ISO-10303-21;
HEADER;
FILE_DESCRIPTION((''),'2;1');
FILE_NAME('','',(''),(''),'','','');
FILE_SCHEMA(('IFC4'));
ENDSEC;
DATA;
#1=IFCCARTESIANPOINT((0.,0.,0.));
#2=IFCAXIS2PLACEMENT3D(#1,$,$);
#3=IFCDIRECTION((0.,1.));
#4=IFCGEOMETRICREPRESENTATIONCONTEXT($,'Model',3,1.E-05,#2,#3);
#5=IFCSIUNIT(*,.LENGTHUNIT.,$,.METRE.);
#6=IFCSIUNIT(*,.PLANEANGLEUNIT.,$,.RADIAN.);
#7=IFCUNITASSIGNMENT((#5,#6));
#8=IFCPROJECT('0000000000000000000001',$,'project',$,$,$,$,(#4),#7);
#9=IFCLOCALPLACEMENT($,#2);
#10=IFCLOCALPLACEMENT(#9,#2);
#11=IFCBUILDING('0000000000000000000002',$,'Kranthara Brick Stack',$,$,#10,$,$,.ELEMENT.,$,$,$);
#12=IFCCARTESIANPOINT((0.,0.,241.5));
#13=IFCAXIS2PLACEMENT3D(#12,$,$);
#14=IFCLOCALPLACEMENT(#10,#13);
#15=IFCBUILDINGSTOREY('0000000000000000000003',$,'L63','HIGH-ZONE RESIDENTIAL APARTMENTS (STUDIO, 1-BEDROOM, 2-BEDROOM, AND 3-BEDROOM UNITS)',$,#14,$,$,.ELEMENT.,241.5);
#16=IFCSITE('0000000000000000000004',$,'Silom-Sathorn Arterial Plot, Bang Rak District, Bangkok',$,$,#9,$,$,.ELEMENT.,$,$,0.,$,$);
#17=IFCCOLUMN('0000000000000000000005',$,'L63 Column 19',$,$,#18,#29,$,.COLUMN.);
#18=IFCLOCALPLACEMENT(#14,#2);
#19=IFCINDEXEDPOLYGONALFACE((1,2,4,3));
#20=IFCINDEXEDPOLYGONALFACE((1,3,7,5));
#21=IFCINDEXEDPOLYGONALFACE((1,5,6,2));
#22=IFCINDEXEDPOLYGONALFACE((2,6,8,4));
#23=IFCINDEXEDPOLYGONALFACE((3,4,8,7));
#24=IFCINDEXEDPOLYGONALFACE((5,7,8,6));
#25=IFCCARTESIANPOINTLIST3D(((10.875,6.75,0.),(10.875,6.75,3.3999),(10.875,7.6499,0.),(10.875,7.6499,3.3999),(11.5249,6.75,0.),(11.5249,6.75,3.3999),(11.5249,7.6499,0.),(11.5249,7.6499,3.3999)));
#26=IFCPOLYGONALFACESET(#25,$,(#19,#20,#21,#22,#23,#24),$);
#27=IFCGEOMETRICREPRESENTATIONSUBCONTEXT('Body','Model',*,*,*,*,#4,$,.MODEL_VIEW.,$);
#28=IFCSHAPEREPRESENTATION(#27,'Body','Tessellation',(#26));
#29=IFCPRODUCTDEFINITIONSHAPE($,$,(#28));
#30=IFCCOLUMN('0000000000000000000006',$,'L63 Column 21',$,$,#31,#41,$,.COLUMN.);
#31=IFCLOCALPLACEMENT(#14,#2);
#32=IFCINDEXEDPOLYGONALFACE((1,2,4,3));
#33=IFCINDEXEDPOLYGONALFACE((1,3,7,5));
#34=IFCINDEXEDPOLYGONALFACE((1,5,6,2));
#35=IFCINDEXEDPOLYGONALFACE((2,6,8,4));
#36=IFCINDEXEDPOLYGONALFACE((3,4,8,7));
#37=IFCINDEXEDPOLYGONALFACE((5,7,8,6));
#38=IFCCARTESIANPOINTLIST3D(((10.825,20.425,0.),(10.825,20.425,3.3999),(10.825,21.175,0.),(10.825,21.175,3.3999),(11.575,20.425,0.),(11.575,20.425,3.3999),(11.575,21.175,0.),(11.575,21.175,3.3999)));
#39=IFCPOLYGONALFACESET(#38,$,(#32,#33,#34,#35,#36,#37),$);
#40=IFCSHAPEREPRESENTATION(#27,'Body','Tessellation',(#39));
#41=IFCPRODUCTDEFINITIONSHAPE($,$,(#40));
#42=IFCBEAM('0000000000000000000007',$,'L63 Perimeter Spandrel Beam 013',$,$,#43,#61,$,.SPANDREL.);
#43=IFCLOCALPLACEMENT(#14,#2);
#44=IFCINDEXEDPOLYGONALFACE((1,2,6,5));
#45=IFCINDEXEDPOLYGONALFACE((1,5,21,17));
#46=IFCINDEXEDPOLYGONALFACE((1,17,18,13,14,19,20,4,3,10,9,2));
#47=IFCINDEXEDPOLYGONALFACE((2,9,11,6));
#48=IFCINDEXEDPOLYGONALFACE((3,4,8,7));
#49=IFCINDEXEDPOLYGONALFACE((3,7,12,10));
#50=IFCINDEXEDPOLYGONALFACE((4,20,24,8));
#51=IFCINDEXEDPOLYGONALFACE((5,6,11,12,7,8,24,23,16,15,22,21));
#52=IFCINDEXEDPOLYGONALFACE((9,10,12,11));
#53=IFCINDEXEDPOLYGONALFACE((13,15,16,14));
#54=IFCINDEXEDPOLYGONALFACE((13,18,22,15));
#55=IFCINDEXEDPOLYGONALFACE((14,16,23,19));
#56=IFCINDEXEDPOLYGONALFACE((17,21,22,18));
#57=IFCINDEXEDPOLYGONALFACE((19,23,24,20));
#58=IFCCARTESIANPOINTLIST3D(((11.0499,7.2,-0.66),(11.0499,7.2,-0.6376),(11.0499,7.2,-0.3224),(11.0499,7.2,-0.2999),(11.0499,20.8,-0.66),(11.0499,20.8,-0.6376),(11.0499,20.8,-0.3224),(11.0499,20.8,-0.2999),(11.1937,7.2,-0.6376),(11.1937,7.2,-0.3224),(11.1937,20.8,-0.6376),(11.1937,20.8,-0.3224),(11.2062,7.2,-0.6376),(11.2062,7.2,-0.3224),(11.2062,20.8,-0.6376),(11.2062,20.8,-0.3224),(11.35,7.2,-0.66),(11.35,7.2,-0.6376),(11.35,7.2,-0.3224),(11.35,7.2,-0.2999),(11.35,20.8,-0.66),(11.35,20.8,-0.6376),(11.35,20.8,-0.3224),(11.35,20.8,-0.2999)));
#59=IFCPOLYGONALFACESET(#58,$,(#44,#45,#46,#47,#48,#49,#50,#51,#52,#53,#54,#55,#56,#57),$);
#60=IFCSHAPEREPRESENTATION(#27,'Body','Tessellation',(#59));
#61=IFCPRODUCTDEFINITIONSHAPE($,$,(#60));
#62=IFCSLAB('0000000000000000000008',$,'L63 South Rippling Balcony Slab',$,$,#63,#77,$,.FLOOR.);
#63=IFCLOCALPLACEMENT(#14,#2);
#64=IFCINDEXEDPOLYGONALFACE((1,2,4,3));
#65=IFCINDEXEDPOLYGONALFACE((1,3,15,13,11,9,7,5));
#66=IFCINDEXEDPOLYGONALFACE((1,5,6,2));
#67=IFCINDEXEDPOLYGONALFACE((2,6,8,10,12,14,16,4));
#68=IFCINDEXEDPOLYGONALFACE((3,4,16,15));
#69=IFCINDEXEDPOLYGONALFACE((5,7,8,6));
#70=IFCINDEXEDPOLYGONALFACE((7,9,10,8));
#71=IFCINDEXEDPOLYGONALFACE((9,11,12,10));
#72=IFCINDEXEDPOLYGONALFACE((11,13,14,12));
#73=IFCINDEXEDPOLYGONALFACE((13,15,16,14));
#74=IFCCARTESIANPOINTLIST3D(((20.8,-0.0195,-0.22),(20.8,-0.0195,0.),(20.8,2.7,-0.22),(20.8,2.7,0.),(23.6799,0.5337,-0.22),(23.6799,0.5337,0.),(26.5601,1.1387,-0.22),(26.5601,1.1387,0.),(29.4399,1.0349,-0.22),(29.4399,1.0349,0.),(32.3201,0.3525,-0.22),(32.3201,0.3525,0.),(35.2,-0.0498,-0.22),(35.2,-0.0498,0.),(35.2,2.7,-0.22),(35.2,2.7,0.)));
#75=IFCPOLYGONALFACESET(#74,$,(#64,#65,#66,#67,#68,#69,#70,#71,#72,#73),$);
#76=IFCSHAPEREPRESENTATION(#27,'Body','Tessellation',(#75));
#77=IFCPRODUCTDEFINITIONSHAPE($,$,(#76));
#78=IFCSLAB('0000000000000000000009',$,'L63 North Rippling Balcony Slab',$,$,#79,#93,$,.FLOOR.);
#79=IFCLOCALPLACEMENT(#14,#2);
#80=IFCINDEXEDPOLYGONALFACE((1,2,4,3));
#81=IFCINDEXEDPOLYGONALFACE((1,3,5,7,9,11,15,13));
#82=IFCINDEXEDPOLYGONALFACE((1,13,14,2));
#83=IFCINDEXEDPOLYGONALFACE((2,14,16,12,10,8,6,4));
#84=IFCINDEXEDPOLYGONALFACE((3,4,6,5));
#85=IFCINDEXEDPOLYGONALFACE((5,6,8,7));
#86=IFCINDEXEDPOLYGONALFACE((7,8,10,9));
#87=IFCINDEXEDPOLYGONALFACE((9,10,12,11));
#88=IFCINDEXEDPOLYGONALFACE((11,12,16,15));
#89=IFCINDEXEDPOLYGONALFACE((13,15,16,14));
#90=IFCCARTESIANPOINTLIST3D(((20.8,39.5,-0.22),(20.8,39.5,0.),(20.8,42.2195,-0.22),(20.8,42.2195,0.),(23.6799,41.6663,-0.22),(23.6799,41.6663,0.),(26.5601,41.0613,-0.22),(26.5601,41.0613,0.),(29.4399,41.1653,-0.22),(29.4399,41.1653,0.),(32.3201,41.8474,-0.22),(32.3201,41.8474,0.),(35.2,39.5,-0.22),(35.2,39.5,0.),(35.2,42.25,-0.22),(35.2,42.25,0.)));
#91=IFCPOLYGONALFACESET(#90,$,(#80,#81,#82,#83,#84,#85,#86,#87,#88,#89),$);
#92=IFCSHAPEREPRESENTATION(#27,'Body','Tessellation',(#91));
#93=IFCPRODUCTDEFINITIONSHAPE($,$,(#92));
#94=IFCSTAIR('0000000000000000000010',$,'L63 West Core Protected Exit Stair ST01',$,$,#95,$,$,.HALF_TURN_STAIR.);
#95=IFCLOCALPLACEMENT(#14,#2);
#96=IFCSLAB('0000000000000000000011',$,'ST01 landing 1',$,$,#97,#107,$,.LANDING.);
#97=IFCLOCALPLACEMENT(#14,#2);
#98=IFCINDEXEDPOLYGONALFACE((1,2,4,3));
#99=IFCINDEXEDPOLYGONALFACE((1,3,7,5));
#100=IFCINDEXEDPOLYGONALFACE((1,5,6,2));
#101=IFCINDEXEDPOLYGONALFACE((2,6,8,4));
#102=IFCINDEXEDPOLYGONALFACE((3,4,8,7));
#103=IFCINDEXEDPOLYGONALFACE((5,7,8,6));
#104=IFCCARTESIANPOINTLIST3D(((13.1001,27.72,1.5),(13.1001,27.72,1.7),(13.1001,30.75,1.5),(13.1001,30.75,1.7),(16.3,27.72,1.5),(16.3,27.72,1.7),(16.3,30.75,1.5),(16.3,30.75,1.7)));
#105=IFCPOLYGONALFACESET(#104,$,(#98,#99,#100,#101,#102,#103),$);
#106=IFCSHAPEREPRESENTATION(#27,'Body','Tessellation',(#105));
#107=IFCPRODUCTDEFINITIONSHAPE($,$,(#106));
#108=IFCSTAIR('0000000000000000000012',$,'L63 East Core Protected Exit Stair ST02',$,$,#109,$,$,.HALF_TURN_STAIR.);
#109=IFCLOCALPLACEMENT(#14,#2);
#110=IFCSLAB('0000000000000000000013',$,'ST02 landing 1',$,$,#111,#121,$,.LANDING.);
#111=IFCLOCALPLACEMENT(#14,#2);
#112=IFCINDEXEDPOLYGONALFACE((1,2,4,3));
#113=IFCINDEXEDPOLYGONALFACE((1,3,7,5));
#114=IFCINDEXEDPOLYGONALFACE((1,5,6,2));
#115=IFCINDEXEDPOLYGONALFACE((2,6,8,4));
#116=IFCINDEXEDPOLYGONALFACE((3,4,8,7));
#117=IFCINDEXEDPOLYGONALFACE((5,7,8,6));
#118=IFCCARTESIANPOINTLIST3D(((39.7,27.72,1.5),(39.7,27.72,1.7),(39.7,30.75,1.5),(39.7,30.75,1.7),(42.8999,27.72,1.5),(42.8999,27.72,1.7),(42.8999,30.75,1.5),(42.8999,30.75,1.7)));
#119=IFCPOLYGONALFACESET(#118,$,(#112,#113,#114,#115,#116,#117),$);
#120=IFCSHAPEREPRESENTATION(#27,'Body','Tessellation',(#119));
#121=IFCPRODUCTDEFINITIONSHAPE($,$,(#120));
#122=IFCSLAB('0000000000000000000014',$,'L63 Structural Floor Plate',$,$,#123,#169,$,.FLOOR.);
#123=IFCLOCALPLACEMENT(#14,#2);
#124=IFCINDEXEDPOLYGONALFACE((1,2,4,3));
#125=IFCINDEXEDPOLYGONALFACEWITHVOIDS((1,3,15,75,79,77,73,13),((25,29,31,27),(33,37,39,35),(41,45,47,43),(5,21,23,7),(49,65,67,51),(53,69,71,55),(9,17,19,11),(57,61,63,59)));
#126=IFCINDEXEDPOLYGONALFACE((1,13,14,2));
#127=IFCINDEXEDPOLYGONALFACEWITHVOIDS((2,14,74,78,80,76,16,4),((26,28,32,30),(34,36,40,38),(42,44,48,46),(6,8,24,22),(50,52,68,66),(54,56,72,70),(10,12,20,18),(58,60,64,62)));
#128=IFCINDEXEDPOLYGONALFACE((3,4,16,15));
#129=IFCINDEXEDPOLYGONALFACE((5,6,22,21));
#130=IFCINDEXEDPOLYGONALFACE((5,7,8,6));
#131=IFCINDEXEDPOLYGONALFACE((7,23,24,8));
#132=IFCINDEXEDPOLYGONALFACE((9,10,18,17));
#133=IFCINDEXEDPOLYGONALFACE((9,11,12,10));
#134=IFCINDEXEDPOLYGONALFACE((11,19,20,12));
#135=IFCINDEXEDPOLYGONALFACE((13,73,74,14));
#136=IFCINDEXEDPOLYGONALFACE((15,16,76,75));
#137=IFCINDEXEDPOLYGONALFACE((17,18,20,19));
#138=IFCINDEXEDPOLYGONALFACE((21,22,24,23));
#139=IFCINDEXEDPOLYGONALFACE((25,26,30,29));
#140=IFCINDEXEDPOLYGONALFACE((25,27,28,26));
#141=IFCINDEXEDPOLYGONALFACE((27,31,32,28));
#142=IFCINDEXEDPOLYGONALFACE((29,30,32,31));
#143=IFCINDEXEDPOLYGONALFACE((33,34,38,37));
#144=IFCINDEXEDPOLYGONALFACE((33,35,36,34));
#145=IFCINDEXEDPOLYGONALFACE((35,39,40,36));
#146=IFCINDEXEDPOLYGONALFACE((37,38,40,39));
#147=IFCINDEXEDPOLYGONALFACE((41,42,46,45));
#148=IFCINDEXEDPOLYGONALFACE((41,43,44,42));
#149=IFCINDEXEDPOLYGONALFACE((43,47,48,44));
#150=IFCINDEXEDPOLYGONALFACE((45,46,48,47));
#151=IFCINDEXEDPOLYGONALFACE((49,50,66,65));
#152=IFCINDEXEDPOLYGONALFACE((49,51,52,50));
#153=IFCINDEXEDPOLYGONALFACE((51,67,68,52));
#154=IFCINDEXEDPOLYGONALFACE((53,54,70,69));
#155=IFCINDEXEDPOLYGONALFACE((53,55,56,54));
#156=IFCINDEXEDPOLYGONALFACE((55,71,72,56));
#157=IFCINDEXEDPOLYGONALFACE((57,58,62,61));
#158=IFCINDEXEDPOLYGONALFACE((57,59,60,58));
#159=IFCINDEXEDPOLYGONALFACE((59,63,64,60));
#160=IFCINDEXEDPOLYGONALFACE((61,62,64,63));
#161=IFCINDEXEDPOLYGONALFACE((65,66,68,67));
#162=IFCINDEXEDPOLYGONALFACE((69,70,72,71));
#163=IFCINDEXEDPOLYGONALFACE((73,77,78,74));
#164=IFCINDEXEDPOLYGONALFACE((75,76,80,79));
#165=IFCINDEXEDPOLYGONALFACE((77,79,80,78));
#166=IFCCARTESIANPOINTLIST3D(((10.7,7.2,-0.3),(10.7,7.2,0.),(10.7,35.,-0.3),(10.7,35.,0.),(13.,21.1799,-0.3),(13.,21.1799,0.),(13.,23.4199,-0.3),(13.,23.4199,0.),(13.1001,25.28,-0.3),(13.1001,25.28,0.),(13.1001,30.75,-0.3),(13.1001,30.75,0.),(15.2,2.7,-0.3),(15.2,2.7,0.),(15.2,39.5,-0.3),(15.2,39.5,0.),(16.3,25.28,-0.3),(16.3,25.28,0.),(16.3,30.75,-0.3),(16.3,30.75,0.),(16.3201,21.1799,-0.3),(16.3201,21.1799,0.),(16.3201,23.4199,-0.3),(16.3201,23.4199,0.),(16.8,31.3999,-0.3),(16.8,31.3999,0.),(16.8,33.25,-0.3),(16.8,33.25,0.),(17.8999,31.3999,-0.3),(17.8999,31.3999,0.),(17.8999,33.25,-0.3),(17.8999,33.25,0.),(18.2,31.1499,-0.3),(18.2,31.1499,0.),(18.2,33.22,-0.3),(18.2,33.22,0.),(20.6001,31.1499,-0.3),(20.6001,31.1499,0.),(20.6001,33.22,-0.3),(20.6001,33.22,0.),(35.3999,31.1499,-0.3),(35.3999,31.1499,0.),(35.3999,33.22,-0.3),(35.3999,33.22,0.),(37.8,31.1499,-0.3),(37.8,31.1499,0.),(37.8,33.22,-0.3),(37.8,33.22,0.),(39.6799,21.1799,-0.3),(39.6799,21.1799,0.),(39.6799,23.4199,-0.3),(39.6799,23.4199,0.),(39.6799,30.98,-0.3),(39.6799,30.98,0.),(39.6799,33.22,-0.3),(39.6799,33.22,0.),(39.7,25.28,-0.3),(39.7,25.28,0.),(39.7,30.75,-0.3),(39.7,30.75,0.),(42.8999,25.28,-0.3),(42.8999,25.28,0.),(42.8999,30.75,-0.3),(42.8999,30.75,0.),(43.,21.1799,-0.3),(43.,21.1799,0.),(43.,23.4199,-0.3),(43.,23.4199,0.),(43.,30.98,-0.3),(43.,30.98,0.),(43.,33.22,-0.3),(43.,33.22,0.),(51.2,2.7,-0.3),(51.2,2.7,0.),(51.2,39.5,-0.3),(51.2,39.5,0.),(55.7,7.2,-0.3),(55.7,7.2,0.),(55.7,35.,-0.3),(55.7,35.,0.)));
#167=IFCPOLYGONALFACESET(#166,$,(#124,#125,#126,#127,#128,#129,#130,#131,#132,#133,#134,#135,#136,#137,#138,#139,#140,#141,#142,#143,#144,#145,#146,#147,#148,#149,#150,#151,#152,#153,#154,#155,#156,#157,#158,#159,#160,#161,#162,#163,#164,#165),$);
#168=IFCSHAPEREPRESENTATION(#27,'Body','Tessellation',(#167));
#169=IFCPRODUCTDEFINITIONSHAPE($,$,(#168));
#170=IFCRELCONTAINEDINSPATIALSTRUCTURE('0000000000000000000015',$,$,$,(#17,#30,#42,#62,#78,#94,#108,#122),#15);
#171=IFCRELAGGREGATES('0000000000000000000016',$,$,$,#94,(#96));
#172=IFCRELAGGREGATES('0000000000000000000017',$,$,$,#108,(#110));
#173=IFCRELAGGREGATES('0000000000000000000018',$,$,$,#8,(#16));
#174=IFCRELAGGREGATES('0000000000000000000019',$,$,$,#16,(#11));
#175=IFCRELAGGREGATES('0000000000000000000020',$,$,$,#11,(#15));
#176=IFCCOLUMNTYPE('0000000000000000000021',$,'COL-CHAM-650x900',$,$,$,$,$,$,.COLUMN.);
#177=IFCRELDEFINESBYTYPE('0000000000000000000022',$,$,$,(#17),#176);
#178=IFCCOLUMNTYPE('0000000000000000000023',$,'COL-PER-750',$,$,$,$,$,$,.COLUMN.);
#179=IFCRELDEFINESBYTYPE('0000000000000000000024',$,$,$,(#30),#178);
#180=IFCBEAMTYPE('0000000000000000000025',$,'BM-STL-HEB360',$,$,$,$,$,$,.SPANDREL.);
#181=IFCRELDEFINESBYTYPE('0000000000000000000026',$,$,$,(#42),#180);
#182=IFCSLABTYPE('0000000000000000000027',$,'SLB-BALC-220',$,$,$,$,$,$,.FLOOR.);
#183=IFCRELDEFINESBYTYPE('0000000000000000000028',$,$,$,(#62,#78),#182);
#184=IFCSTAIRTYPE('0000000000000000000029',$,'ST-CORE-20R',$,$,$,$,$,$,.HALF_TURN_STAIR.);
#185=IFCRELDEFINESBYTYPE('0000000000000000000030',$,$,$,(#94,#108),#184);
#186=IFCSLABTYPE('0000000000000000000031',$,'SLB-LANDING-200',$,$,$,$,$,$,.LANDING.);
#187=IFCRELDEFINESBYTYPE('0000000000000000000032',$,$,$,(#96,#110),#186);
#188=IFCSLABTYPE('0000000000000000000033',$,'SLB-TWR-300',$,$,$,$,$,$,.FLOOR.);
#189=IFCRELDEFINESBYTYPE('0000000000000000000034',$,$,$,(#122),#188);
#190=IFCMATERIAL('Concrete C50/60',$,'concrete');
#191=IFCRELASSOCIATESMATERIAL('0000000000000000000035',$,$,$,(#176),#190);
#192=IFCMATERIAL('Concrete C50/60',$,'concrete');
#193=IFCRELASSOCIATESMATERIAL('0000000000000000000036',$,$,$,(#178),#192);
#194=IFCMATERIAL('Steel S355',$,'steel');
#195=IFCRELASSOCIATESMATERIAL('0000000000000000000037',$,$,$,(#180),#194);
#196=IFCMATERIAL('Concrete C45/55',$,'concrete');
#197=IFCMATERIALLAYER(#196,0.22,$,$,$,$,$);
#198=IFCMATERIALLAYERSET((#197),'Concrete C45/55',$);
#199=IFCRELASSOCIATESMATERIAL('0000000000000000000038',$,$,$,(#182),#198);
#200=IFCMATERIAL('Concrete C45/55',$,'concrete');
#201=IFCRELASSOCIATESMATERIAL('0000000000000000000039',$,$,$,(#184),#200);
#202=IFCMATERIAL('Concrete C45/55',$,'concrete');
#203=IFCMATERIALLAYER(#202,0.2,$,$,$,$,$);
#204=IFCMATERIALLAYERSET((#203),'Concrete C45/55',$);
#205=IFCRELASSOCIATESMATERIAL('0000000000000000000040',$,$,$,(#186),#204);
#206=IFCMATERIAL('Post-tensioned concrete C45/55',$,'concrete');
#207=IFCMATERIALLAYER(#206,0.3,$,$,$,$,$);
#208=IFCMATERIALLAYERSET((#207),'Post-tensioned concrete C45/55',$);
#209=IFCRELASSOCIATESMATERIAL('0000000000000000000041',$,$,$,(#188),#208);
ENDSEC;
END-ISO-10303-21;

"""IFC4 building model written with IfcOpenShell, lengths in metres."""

from ifc_helpers import new_model, si_unit, direction, frame, origin, origin_2d, place, context, subcontext, project, spatial, polyline, rectangle, i_section, outline, extrude, material, layer, layer_set, material_profile, profile_set, type_object, element, aggregate, save


model = new_model("IFC4")

# Units and contexts
model_context = context("Model", 3, precision=1e-05, world=origin(), true_north=direction((0.0, 1.0)))
body_context = subcontext(model_context, "Body", "Model", "MODEL_VIEW")
ifc_project = project(units=[si_unit("LENGTHUNIT", "METRE"), si_unit("PLANEANGLEUNIT", "RADIAN")], contexts=[model_context])

# Site, building, storey
site_placement = place(None, origin())
site = spatial("IfcSite", under=ifc_project, at=site_placement, Name="Silom-Sathorn Arterial Plot, Bang Rak District, Bangkok", CompositionType="ELEMENT", RefElevation=0.0)
building_placement = place(site_placement, origin())
building = spatial("IfcBuilding", under=site, at=building_placement, Name="Kranthara Brick Stack", CompositionType="ELEMENT")
storey_placement = place(building_placement, frame((0.0, 0.0, 241.5)))
storey = spatial("IfcBuildingStorey", under=building, at=storey_placement, Name="L63", Description="HIGH-ZONE RESIDENTIAL APARTMENTS (STUDIO, 1-BEDROOM, 2-BEDROOM, AND 3-BEDROOM UNITS)", CompositionType="ELEMENT", Elevation=241.5)

# Columns
ifc_material_1 = material(Name="Concrete C50/60", Category="concrete")
ifc_material_profile_1 = material_profile(ifc_material_1, rectangle(XDim=0.6499, YDim=0.8999, at=origin_2d()), Name="RC 650x900")
ifc_profile_set_1 = profile_set([ifc_material_profile_1], Name="Concrete C50/60")
column_type_1 = type_object("IfcColumnType", Name="COL-CHAM-650x900", PredefinedType="COLUMN", material=ifc_profile_set_1)
column_1_placement = place(storey_placement, frame((11.2, 7.2, 0.0), z_axis=(0.0, 0.0, 1.0), x_axis=(1.0, 0.0, 0.0)))
element("IfcColumn", 1, at=column_1_placement, inside=storey, type_object=column_type_1, Name="L63 Column 19", PredefinedType="COLUMN", context=body_context, shape_type="SweptSolid", body=[
    extrude(rectangle(XDim=0.6499, YDim=0.8999, at=origin_2d()), origin(), (0.0, 0.0, 1.0), 3.3999),
])
ifc_material_2 = material(Name="Concrete C50/60", Category="concrete")
ifc_material_profile_2 = material_profile(ifc_material_2, rectangle(XDim=0.75, YDim=0.75, at=origin_2d()), Name="RC 750x750")
ifc_profile_set_2 = profile_set([ifc_material_profile_2], Name="Concrete C50/60")
column_type_2 = type_object("IfcColumnType", Name="COL-PER-750", PredefinedType="COLUMN", material=ifc_profile_set_2)
column_2_placement = place(storey_placement, frame((11.2, 20.8, 0.0), z_axis=(0.0, 0.0, 1.0), x_axis=(1.0, 0.0, 0.0)))
element("IfcColumn", 2, at=column_2_placement, inside=storey, type_object=column_type_2, Name="L63 Column 21", PredefinedType="COLUMN", context=body_context, shape_type="SweptSolid", body=[
    extrude(rectangle(XDim=0.75, YDim=0.75, at=origin_2d()), origin(), (0.0, 0.0, 1.0), 3.3999),
])

# Beam
ifc_material_3 = material(Name="Steel S355", Category="steel")
ifc_material_profile_3 = material_profile(ifc_material_3, i_section(OverallWidth=0.3, OverallDepth=0.3601, WebThickness=0.0125, FlangeThickness=0.0225, at=origin_2d()), Name="HEB 360")
ifc_profile_set_3 = profile_set([ifc_material_profile_3], Name="Steel S355")
beam_type = type_object("IfcBeamType", Name="BM-STL-HEB360", PredefinedType="SPANDREL", material=ifc_profile_set_3)
beam_placement = place(storey_placement, frame((11.2, 7.2, -0.48), z_axis=(0.0, 1.0, 0.0), x_axis=(-1.0, 0.0, 0.0)))
element("IfcBeam", 3, at=beam_placement, inside=storey, type_object=beam_type, Name="L63 Perimeter Spandrel Beam 013", PredefinedType="SPANDREL", context=body_context, shape_type="SweptSolid", body=[
    extrude(i_section(OverallWidth=0.3, OverallDepth=0.3601, WebThickness=0.0125, FlangeThickness=0.0225, at=origin_2d()), origin(), (0.0, 0.0, 1.0), 13.6001),
])

# Slabs
ifc_material_4 = material(Name="Concrete C45/55", Category="concrete")
ifc_layer_1 = layer(ifc_material_4, 0.22)
ifc_layer_set_1 = layer_set([ifc_layer_1], Name="Concrete C45/55")
slab_type_1 = type_object("IfcSlabType", Name="SLB-BALC-220", PredefinedType="FLOOR", material=ifc_layer_set_1)
slab_1_placement = place(storey_placement, frame((0.0, 0.0, -0.22)))
element("IfcSlab", 4, at=slab_1_placement, inside=storey, type_object=slab_type_1, Name="L63 South Rippling Balcony Slab", PredefinedType="FLOOR", context=body_context, shape_type="SweptSolid", body=[
    extrude(outline(polyline([(20.8, 2.7), (35.2, 2.7), (35.2, -0.0498), (32.3201, 0.3525), (29.4399, 1.0349), (26.5601, 1.1387), (23.6799, 0.5337), (20.8, -0.0195), (20.8, 2.7)])), origin(), (0.0, 0.0, 1.0), 0.22),
])
slab_2_placement = place(storey_placement, frame((0.0, 0.0, -0.22)))
element("IfcSlab", 5, at=slab_2_placement, inside=storey, type_object=slab_type_1, Name="L63 North Rippling Balcony Slab", PredefinedType="FLOOR", context=body_context, shape_type="SweptSolid", body=[
    extrude(outline(polyline([(35.2, 39.5), (20.8, 39.5), (20.8, 42.2195), (23.6799, 41.6663), (26.5601, 41.0613), (29.4399, 41.1653), (32.3201, 41.8474), (35.2, 42.25), (35.2, 39.5)])), origin(), (0.0, 0.0, 1.0), 0.22),
])

# Stairs, slabs
ifc_material_5 = material(Name="Concrete C45/55", Category="concrete")
stair_type = type_object("IfcStairType", Name="ST-CORE-20R", PredefinedType="HALF_TURN_STAIR", material=ifc_material_5)
stair_1_placement = place(storey_placement, origin())
stair_1 = element("IfcStair", 6, at=stair_1_placement, inside=storey, type_object=stair_type, Name="L63 West Core Protected Exit Stair ST01", PredefinedType="HALF_TURN_STAIR")
ifc_material_6 = material(Name="Concrete C45/55", Category="concrete")
ifc_layer_2 = layer(ifc_material_6, 0.2)
ifc_layer_set_2 = layer_set([ifc_layer_2], Name="Concrete C45/55")
slab_type_2 = type_object("IfcSlabType", Name="SLB-LANDING-200", PredefinedType="LANDING", material=ifc_layer_set_2)
slab_3_placement = place(storey_placement, frame((0.0, 0.0, 1.5)))
slab_3 = element("IfcSlab", 7, at=slab_3_placement, type_object=slab_type_2, Name="ST01 landing 1", PredefinedType="LANDING", context=body_context, shape_type="SweptSolid", body=[
    extrude(outline(polyline([(16.3, 27.72), (16.3, 30.75), (13.1001, 30.75), (13.1001, 27.72), (16.3, 27.72)])), origin(), (0.0, 0.0, 1.0), 0.2),
])
aggregate(stair_1, [slab_3])
stair_2_placement = place(storey_placement, origin())
stair_2 = element("IfcStair", 8, at=stair_2_placement, inside=storey, type_object=stair_type, Name="L63 East Core Protected Exit Stair ST02", PredefinedType="HALF_TURN_STAIR")
slab_4_placement = place(storey_placement, frame((0.0, 0.0, 1.5)))
slab_4 = element("IfcSlab", 9, at=slab_4_placement, type_object=slab_type_2, Name="ST02 landing 1", PredefinedType="LANDING", context=body_context, shape_type="SweptSolid", body=[
    extrude(outline(polyline([(42.8999, 27.72), (42.8999, 30.75), (39.7, 30.75), (39.7, 27.72), (42.8999, 27.72)])), origin(), (0.0, 0.0, 1.0), 0.2),
])
aggregate(stair_2, [slab_4])

# Slab
ifc_material_7 = material(Name="Post-tensioned concrete C45/55", Category="concrete")
ifc_layer_3 = layer(ifc_material_7, 0.3)
ifc_layer_set_3 = layer_set([ifc_layer_3], Name="Post-tensioned concrete C45/55")
slab_type_3 = type_object("IfcSlabType", Name="SLB-TWR-300", PredefinedType="FLOOR", material=ifc_layer_set_3)
slab_5_placement = place(storey_placement, frame((0.0, 0.0, -0.3)))
element("IfcSlab", 10, at=slab_5_placement, inside=storey, type_object=slab_type_3, Name="L63 Structural Floor Plate", PredefinedType="FLOOR", context=body_context, shape_type="SweptSolid", body=[
    extrude(outline(polyline([(15.2, 2.7), (51.2, 2.7), (55.7, 7.2), (55.7, 35.0), (51.2, 39.5), (15.2, 39.5), (10.7, 35.0), (10.7, 7.2), (15.2, 2.7)]), holes=[polyline([(13.1001, 25.28), (16.3, 25.28), (16.3, 30.75), (13.1001, 30.75), (13.1001, 25.28)]), polyline([(39.7, 25.28), (42.8999, 25.28), (42.8999, 30.75), (39.7, 30.75), (39.7, 25.28)]), polyline([(13.0, 21.1799), (16.3201, 21.1799), (16.3201, 23.4199), (13.0, 23.4199), (13.0, 21.1799)]), polyline([(39.6799, 21.1799), (43.0, 21.1799), (43.0, 23.4199), (39.6799, 23.4199), (39.6799, 21.1799)]), polyline([(39.6799, 30.98), (43.0, 30.98), (43.0, 33.22), (39.6799, 33.22), (39.6799, 30.98)]), polyline([(18.2, 31.1499), (20.6001, 31.1499), (20.6001, 33.22), (18.2, 33.22), (18.2, 31.1499)]), polyline([(35.3999, 31.1499), (37.8, 31.1499), (37.8, 33.22), (35.3999, 33.22), (35.3999, 31.1499)]), polyline([(16.8, 31.3999), (17.8999, 31.3999), (17.8999, 33.25), (16.8, 33.25), (16.8, 31.3999)])]), origin(), (0.0, 0.0, 1.0), 0.3),
])

save(model, "model.ifc")
